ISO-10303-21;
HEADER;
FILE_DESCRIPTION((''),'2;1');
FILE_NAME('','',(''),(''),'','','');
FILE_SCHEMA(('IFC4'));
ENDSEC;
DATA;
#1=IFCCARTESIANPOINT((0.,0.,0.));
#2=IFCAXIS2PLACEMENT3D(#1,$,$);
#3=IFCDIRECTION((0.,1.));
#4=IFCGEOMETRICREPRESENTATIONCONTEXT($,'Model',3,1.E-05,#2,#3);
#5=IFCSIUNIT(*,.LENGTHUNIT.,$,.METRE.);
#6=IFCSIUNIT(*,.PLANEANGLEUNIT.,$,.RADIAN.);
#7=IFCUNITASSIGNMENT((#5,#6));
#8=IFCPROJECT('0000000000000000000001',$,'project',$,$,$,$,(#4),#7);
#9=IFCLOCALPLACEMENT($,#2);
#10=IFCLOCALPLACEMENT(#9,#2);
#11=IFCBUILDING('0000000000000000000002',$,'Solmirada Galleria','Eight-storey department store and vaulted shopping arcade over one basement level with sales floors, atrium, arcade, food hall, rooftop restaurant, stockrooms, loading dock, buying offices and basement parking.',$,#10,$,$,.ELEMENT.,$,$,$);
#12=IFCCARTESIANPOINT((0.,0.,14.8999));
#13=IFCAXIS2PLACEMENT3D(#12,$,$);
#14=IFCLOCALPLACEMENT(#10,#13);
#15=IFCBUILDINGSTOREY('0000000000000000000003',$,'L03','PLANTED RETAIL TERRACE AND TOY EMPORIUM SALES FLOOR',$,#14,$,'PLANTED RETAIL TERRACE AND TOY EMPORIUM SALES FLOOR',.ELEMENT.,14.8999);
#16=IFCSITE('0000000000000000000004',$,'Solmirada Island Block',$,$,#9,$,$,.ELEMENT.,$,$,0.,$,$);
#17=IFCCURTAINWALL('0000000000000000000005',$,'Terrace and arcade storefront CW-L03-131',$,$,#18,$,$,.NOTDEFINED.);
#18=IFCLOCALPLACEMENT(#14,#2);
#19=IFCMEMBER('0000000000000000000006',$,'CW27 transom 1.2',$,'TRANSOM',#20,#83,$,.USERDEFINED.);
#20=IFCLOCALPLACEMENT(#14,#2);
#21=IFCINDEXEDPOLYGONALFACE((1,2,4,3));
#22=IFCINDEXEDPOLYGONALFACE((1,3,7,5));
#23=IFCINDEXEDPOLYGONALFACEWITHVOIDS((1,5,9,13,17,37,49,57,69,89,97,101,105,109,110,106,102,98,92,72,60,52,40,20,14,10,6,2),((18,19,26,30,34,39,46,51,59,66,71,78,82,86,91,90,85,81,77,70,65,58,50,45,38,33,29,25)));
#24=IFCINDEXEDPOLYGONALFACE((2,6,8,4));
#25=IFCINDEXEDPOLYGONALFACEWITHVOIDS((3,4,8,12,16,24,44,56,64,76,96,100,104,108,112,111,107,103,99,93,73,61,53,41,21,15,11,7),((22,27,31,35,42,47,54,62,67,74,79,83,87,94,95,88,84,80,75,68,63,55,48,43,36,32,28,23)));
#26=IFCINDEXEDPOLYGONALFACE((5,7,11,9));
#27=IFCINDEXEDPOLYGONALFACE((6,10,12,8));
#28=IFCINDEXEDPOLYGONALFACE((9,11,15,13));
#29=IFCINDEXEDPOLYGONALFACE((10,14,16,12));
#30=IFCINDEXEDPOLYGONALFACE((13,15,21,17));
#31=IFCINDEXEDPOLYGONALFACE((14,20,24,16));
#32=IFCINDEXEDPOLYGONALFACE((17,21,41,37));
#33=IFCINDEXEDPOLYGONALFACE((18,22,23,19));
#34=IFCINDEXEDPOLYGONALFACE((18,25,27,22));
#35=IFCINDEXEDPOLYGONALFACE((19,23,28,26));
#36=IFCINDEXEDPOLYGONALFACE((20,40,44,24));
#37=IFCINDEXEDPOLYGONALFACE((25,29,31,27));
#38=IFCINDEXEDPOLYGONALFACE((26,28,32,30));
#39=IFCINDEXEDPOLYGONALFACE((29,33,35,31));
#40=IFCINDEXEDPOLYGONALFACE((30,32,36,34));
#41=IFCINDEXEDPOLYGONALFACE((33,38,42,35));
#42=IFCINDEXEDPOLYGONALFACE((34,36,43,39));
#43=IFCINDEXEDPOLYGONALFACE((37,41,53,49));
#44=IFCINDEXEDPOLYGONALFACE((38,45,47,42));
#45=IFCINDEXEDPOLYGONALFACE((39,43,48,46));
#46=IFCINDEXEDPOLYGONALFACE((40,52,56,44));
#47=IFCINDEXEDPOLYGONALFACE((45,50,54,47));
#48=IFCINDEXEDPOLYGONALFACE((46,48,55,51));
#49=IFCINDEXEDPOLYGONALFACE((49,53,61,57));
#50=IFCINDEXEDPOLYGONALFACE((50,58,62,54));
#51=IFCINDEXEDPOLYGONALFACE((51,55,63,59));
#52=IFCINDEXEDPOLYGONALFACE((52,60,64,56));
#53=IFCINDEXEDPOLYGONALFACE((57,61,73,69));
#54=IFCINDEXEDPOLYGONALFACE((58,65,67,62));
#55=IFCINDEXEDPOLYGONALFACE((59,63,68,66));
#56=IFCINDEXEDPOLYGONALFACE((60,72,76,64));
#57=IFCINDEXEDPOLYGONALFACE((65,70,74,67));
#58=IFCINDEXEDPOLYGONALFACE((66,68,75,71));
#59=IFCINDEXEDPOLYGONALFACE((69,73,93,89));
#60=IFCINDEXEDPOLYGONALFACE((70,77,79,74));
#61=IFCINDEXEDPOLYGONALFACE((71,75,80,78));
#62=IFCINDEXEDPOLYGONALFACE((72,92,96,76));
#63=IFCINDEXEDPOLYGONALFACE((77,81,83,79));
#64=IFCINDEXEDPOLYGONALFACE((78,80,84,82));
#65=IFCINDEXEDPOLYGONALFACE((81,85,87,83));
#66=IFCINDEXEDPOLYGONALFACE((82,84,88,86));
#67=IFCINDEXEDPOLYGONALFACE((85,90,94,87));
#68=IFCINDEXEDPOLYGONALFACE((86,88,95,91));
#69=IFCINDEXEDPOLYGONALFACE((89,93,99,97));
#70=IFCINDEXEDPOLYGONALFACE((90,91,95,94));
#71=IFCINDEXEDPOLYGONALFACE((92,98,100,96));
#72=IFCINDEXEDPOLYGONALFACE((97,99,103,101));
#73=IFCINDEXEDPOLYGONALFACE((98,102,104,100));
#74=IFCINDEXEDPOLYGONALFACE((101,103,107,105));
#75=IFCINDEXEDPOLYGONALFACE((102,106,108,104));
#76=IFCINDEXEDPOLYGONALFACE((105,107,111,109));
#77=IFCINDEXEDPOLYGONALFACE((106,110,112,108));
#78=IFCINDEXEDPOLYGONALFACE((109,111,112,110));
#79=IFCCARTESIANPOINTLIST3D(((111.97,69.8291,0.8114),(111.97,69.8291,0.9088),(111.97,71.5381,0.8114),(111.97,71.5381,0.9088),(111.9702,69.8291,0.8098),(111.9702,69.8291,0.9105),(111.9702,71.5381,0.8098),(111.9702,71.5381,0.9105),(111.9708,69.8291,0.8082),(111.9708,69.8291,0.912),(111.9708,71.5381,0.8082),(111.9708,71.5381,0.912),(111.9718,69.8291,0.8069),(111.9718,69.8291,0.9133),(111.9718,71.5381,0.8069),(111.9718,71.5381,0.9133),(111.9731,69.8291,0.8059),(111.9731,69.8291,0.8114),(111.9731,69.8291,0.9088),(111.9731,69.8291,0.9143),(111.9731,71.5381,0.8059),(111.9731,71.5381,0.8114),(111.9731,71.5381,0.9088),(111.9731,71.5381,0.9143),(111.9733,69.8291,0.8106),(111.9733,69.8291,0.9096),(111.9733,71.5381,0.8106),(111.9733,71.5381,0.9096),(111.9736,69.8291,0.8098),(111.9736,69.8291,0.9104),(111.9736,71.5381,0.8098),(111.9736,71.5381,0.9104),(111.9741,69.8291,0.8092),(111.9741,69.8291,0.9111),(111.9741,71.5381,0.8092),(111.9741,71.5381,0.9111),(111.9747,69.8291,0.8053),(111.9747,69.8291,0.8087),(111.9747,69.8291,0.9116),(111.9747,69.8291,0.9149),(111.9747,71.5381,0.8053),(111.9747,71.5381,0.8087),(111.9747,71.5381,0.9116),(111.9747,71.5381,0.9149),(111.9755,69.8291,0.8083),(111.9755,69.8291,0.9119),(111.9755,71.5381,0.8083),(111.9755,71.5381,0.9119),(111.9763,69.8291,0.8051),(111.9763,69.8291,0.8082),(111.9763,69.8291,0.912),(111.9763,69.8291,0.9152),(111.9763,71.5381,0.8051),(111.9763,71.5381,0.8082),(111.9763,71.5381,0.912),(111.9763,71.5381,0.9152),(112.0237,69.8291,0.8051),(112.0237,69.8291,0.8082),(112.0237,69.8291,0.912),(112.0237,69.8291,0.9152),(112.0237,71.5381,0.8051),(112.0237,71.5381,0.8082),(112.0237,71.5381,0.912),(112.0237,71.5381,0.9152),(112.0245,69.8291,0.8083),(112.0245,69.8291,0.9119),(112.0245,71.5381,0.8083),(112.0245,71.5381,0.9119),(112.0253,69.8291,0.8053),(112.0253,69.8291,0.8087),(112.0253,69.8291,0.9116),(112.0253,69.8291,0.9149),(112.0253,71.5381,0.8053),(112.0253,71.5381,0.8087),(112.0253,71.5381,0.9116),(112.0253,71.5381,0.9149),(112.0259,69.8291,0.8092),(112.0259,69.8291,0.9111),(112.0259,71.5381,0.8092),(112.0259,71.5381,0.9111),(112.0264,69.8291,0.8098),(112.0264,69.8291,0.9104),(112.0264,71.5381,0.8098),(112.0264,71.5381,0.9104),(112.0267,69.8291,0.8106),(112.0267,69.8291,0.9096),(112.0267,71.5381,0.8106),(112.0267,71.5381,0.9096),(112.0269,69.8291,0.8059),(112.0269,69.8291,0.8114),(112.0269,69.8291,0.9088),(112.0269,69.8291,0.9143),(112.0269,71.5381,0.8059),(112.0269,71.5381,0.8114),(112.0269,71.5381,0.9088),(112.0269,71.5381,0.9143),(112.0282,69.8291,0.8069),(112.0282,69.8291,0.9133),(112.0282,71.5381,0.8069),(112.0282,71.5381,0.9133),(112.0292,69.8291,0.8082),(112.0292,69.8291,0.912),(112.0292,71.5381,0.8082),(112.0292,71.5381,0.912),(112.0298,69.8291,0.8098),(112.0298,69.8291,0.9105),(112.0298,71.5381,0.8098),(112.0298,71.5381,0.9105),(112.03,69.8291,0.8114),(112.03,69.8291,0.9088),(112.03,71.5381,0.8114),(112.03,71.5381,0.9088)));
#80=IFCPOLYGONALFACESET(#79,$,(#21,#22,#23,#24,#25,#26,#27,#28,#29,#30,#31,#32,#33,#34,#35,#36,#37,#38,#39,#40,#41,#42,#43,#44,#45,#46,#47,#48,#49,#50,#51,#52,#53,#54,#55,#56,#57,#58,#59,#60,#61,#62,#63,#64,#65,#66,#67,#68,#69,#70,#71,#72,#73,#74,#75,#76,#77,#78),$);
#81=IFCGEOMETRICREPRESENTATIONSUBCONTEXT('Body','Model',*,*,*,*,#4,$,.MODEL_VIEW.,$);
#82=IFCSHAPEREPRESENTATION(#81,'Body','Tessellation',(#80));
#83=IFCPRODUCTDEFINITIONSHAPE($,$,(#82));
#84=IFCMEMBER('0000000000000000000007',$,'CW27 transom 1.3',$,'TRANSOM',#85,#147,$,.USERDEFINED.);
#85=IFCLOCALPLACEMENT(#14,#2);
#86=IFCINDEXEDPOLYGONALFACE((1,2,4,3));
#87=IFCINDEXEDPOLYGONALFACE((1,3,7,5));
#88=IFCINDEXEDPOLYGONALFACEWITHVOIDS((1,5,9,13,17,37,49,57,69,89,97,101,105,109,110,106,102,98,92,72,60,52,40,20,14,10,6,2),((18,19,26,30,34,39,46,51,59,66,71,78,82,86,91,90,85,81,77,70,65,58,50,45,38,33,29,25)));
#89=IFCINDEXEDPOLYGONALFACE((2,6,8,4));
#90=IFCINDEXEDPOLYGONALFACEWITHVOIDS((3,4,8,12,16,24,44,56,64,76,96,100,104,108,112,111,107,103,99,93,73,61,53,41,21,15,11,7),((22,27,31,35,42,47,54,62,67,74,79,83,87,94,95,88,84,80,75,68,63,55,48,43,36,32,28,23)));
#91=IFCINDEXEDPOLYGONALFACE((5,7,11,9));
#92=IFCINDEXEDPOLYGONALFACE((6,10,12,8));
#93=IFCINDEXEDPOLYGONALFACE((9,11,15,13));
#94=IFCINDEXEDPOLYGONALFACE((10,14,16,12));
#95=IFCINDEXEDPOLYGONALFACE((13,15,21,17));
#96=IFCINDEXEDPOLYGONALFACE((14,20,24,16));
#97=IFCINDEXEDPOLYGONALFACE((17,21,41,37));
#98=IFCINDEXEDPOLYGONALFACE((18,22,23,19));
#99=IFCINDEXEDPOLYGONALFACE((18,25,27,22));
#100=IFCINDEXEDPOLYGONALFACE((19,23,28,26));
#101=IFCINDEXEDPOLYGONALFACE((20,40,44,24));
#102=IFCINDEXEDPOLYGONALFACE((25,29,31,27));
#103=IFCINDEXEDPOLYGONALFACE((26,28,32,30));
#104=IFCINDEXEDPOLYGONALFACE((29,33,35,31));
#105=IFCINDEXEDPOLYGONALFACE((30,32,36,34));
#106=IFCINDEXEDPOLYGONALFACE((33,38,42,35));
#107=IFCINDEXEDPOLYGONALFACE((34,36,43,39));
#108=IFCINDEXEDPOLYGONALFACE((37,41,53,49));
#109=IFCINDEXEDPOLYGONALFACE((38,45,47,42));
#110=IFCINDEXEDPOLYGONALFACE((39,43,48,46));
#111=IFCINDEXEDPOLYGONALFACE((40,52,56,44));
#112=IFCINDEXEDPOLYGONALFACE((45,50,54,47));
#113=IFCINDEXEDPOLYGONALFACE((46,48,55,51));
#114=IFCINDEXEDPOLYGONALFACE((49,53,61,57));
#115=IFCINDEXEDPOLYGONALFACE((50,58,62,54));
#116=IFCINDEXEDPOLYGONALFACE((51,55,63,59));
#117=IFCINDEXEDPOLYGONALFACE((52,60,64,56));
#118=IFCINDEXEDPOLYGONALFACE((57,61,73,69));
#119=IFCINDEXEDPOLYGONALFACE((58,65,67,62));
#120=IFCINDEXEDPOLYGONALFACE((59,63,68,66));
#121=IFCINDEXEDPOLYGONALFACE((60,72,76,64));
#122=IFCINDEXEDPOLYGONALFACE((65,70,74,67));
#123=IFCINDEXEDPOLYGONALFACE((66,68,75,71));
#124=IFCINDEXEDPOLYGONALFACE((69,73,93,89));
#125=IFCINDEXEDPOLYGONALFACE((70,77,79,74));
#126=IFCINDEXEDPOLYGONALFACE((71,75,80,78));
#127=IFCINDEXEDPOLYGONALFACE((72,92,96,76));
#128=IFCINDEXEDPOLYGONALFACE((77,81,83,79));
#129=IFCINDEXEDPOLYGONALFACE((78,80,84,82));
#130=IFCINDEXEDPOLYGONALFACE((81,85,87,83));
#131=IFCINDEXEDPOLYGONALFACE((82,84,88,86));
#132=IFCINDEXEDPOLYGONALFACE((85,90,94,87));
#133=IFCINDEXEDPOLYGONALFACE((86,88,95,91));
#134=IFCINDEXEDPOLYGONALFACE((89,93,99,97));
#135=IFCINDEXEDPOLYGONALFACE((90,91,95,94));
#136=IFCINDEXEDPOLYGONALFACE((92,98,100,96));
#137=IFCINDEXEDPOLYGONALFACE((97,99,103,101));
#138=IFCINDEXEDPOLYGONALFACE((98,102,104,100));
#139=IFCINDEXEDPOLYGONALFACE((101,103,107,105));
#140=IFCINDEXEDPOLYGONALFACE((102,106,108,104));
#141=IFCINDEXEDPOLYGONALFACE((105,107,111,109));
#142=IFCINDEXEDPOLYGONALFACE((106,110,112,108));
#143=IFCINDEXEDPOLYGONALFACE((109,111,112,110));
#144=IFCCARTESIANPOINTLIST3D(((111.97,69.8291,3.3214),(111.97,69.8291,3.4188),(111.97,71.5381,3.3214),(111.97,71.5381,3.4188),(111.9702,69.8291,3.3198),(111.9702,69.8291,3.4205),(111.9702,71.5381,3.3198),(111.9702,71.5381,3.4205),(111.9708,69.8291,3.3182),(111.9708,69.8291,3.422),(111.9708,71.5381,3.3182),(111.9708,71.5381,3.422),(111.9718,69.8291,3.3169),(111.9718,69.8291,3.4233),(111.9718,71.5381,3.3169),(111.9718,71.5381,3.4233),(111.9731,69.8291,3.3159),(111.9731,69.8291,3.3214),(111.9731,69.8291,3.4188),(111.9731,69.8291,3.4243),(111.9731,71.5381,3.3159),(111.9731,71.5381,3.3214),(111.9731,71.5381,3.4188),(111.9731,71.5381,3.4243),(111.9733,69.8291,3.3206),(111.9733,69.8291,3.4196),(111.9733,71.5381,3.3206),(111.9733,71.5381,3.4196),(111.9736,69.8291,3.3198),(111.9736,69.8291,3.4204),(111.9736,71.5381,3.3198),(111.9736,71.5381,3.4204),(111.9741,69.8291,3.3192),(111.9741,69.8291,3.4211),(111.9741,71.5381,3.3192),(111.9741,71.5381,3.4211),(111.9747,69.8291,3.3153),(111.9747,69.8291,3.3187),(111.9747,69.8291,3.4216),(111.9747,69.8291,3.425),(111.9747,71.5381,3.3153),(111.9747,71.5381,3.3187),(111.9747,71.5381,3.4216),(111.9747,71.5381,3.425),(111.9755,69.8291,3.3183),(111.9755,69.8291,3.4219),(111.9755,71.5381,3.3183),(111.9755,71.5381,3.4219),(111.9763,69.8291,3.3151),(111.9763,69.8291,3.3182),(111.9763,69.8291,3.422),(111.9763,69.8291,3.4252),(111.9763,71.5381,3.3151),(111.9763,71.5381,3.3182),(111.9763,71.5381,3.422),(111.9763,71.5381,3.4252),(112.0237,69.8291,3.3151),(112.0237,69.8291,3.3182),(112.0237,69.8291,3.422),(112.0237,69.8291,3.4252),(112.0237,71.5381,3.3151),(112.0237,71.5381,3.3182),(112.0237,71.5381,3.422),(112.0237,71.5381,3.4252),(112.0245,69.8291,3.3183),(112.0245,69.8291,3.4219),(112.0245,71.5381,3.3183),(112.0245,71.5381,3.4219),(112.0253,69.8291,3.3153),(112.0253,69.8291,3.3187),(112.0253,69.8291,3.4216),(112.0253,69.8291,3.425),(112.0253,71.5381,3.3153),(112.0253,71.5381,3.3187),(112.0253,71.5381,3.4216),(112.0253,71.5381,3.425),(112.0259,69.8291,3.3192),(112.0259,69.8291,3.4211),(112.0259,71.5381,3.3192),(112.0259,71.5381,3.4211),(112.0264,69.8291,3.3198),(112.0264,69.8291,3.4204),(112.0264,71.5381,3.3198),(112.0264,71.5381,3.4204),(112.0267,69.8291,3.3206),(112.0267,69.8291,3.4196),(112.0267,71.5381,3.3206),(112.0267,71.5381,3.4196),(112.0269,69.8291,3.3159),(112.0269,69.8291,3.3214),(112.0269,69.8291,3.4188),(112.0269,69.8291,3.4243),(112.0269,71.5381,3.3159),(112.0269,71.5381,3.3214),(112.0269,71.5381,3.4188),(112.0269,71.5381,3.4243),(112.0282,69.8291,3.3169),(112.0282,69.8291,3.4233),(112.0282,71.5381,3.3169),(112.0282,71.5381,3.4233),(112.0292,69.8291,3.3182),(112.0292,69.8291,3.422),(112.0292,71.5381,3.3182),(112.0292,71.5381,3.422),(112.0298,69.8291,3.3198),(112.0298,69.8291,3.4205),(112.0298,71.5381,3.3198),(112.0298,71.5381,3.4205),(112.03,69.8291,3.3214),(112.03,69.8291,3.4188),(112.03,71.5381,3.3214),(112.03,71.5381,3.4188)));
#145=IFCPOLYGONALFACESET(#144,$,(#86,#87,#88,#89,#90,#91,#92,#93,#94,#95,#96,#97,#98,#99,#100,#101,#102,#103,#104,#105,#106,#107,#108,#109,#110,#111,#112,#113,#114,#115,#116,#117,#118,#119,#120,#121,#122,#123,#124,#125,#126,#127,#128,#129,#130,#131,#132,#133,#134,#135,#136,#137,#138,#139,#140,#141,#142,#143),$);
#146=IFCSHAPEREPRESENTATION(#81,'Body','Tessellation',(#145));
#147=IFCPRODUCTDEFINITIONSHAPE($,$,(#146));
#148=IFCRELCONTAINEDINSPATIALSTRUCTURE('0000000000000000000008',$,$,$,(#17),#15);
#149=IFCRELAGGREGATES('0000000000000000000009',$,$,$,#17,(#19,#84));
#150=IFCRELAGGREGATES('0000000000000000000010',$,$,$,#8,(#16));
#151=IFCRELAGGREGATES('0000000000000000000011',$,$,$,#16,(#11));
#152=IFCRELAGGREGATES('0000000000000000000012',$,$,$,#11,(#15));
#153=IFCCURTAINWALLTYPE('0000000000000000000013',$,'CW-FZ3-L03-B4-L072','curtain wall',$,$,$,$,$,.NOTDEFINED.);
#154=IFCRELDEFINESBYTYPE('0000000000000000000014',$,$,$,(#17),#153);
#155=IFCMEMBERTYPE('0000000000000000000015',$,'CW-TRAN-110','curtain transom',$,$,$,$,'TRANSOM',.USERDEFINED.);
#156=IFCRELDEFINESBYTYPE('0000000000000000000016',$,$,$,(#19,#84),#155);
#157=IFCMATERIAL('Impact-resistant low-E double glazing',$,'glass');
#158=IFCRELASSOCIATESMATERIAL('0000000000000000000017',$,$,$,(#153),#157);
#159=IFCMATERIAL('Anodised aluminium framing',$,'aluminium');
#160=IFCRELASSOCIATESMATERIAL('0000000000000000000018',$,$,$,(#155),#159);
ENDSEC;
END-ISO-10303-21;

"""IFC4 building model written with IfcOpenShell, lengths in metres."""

from ifc_helpers import new_model, si_unit, direction, frame, origin, origin_2d, place, context, subcontext, project, spatial, hollow_rectangle, extrude, material, material_profile, profile_set, type_object, element, aggregate, save


model = new_model("IFC4")

# Units and contexts
model_context = context("Model", 3, precision=1e-05, world=origin(), true_north=direction((0.0, 1.0)))
body_context = subcontext(model_context, "Body", "Model", "MODEL_VIEW")
ifc_project = project(units=[si_unit("LENGTHUNIT", "METRE"), si_unit("PLANEANGLEUNIT", "RADIAN")], contexts=[model_context])

# Site, building, storey
site_placement = place(None, origin())
site = spatial("IfcSite", under=ifc_project, at=site_placement, Name="Solmirada Island Block", CompositionType="ELEMENT", RefElevation=0.0)
building_placement = place(site_placement, origin())
building = spatial("IfcBuilding", under=site, at=building_placement, Name="Solmirada Galleria", Description="Eight-storey department store and vaulted shopping arcade over one basement level with sales floors, atrium, arcade, food hall, rooftop restaurant, stockrooms, loading dock, buying offices and basement parking.", CompositionType="ELEMENT")
storey_placement = place(building_placement, frame((0.0, 0.0, 14.8999)))
storey = spatial("IfcBuildingStorey", under=building, at=storey_placement, Name="L03", Description="PLANTED RETAIL TERRACE AND TOY EMPORIUM SALES FLOOR", LongName="PLANTED RETAIL TERRACE AND TOY EMPORIUM SALES FLOOR", CompositionType="ELEMENT", Elevation=14.8999)

# Curtain wall, members
ifc_material_1 = material(Name="Impact-resistant low-E double glazing", Category="glass")
curtain_wall_type = type_object("IfcCurtainWallType", Name="CW-FZ3-L03-B4-L072", Description="curtain wall", PredefinedType="NOTDEFINED", material=ifc_material_1)
curtain_wall_placement = place(storey_placement, origin())
curtain_wall = element("IfcCurtainWall", 1, at=curtain_wall_placement, inside=storey, type_object=curtain_wall_type, Name="Terrace and arcade storefront CW-L03-131", PredefinedType="NOTDEFINED")
ifc_material_2 = material(Name="Anodised aluminium framing", Category="aluminium")
ifc_material_profile_1 = material_profile(ifc_material_2, hollow_rectangle(XDim=0.0601, YDim=0.1101, WallThickness=0.0032, InnerFilletRadius=0.0032, OuterFilletRadius=0.0063, at=origin_2d()), Name="ALU-TRAN-110X60")
ifc_profile_set_1 = profile_set([ifc_material_profile_1], Name="Anodised aluminium framing")
member_type_1 = type_object("IfcMemberType", Name="CW-TRAN-110", Description="curtain transom", ElementType="TRANSOM", PredefinedType="USERDEFINED", material=ifc_profile_set_1)
member_1_placement = place(storey_placement, frame((112.0, 71.5381, 0.8601), z_axis=(0.0, -1.0, 0.0), x_axis=(1.0, 0.0, 0.0)))
member_1 = element("IfcMember", 2, at=member_1_placement, type_object=member_type_1, Name="CW27 transom 1.2", ObjectType="TRANSOM", PredefinedType="USERDEFINED", context=body_context, shape_type="SweptSolid", body=[
    extrude(hollow_rectangle(XDim=0.0601, YDim=0.1101, WallThickness=0.0032, InnerFilletRadius=0.0032, OuterFilletRadius=0.0063, at=origin_2d()), origin(), (0.0, 0.0, 1.0), 1.709),
])
member_2_placement = place(storey_placement, frame((112.0, 71.5381, 3.3701), z_axis=(0.0, -1.0, 0.0), x_axis=(1.0, 0.0, 0.0)))
member_2 = element("IfcMember", 3, at=member_2_placement, type_object=member_type_1, Name="CW27 transom 1.3", ObjectType="TRANSOM", PredefinedType="USERDEFINED", context=body_context, shape_type="SweptSolid", body=[
    extrude(hollow_rectangle(XDim=0.0601, YDim=0.1101, WallThickness=0.0032, InnerFilletRadius=0.0032, OuterFilletRadius=0.0063, at=origin_2d()), origin(), (0.0, 0.0, 1.0), 1.709),
])
aggregate(curtain_wall, [member_1, member_2])

save(model, "model.ifc")
